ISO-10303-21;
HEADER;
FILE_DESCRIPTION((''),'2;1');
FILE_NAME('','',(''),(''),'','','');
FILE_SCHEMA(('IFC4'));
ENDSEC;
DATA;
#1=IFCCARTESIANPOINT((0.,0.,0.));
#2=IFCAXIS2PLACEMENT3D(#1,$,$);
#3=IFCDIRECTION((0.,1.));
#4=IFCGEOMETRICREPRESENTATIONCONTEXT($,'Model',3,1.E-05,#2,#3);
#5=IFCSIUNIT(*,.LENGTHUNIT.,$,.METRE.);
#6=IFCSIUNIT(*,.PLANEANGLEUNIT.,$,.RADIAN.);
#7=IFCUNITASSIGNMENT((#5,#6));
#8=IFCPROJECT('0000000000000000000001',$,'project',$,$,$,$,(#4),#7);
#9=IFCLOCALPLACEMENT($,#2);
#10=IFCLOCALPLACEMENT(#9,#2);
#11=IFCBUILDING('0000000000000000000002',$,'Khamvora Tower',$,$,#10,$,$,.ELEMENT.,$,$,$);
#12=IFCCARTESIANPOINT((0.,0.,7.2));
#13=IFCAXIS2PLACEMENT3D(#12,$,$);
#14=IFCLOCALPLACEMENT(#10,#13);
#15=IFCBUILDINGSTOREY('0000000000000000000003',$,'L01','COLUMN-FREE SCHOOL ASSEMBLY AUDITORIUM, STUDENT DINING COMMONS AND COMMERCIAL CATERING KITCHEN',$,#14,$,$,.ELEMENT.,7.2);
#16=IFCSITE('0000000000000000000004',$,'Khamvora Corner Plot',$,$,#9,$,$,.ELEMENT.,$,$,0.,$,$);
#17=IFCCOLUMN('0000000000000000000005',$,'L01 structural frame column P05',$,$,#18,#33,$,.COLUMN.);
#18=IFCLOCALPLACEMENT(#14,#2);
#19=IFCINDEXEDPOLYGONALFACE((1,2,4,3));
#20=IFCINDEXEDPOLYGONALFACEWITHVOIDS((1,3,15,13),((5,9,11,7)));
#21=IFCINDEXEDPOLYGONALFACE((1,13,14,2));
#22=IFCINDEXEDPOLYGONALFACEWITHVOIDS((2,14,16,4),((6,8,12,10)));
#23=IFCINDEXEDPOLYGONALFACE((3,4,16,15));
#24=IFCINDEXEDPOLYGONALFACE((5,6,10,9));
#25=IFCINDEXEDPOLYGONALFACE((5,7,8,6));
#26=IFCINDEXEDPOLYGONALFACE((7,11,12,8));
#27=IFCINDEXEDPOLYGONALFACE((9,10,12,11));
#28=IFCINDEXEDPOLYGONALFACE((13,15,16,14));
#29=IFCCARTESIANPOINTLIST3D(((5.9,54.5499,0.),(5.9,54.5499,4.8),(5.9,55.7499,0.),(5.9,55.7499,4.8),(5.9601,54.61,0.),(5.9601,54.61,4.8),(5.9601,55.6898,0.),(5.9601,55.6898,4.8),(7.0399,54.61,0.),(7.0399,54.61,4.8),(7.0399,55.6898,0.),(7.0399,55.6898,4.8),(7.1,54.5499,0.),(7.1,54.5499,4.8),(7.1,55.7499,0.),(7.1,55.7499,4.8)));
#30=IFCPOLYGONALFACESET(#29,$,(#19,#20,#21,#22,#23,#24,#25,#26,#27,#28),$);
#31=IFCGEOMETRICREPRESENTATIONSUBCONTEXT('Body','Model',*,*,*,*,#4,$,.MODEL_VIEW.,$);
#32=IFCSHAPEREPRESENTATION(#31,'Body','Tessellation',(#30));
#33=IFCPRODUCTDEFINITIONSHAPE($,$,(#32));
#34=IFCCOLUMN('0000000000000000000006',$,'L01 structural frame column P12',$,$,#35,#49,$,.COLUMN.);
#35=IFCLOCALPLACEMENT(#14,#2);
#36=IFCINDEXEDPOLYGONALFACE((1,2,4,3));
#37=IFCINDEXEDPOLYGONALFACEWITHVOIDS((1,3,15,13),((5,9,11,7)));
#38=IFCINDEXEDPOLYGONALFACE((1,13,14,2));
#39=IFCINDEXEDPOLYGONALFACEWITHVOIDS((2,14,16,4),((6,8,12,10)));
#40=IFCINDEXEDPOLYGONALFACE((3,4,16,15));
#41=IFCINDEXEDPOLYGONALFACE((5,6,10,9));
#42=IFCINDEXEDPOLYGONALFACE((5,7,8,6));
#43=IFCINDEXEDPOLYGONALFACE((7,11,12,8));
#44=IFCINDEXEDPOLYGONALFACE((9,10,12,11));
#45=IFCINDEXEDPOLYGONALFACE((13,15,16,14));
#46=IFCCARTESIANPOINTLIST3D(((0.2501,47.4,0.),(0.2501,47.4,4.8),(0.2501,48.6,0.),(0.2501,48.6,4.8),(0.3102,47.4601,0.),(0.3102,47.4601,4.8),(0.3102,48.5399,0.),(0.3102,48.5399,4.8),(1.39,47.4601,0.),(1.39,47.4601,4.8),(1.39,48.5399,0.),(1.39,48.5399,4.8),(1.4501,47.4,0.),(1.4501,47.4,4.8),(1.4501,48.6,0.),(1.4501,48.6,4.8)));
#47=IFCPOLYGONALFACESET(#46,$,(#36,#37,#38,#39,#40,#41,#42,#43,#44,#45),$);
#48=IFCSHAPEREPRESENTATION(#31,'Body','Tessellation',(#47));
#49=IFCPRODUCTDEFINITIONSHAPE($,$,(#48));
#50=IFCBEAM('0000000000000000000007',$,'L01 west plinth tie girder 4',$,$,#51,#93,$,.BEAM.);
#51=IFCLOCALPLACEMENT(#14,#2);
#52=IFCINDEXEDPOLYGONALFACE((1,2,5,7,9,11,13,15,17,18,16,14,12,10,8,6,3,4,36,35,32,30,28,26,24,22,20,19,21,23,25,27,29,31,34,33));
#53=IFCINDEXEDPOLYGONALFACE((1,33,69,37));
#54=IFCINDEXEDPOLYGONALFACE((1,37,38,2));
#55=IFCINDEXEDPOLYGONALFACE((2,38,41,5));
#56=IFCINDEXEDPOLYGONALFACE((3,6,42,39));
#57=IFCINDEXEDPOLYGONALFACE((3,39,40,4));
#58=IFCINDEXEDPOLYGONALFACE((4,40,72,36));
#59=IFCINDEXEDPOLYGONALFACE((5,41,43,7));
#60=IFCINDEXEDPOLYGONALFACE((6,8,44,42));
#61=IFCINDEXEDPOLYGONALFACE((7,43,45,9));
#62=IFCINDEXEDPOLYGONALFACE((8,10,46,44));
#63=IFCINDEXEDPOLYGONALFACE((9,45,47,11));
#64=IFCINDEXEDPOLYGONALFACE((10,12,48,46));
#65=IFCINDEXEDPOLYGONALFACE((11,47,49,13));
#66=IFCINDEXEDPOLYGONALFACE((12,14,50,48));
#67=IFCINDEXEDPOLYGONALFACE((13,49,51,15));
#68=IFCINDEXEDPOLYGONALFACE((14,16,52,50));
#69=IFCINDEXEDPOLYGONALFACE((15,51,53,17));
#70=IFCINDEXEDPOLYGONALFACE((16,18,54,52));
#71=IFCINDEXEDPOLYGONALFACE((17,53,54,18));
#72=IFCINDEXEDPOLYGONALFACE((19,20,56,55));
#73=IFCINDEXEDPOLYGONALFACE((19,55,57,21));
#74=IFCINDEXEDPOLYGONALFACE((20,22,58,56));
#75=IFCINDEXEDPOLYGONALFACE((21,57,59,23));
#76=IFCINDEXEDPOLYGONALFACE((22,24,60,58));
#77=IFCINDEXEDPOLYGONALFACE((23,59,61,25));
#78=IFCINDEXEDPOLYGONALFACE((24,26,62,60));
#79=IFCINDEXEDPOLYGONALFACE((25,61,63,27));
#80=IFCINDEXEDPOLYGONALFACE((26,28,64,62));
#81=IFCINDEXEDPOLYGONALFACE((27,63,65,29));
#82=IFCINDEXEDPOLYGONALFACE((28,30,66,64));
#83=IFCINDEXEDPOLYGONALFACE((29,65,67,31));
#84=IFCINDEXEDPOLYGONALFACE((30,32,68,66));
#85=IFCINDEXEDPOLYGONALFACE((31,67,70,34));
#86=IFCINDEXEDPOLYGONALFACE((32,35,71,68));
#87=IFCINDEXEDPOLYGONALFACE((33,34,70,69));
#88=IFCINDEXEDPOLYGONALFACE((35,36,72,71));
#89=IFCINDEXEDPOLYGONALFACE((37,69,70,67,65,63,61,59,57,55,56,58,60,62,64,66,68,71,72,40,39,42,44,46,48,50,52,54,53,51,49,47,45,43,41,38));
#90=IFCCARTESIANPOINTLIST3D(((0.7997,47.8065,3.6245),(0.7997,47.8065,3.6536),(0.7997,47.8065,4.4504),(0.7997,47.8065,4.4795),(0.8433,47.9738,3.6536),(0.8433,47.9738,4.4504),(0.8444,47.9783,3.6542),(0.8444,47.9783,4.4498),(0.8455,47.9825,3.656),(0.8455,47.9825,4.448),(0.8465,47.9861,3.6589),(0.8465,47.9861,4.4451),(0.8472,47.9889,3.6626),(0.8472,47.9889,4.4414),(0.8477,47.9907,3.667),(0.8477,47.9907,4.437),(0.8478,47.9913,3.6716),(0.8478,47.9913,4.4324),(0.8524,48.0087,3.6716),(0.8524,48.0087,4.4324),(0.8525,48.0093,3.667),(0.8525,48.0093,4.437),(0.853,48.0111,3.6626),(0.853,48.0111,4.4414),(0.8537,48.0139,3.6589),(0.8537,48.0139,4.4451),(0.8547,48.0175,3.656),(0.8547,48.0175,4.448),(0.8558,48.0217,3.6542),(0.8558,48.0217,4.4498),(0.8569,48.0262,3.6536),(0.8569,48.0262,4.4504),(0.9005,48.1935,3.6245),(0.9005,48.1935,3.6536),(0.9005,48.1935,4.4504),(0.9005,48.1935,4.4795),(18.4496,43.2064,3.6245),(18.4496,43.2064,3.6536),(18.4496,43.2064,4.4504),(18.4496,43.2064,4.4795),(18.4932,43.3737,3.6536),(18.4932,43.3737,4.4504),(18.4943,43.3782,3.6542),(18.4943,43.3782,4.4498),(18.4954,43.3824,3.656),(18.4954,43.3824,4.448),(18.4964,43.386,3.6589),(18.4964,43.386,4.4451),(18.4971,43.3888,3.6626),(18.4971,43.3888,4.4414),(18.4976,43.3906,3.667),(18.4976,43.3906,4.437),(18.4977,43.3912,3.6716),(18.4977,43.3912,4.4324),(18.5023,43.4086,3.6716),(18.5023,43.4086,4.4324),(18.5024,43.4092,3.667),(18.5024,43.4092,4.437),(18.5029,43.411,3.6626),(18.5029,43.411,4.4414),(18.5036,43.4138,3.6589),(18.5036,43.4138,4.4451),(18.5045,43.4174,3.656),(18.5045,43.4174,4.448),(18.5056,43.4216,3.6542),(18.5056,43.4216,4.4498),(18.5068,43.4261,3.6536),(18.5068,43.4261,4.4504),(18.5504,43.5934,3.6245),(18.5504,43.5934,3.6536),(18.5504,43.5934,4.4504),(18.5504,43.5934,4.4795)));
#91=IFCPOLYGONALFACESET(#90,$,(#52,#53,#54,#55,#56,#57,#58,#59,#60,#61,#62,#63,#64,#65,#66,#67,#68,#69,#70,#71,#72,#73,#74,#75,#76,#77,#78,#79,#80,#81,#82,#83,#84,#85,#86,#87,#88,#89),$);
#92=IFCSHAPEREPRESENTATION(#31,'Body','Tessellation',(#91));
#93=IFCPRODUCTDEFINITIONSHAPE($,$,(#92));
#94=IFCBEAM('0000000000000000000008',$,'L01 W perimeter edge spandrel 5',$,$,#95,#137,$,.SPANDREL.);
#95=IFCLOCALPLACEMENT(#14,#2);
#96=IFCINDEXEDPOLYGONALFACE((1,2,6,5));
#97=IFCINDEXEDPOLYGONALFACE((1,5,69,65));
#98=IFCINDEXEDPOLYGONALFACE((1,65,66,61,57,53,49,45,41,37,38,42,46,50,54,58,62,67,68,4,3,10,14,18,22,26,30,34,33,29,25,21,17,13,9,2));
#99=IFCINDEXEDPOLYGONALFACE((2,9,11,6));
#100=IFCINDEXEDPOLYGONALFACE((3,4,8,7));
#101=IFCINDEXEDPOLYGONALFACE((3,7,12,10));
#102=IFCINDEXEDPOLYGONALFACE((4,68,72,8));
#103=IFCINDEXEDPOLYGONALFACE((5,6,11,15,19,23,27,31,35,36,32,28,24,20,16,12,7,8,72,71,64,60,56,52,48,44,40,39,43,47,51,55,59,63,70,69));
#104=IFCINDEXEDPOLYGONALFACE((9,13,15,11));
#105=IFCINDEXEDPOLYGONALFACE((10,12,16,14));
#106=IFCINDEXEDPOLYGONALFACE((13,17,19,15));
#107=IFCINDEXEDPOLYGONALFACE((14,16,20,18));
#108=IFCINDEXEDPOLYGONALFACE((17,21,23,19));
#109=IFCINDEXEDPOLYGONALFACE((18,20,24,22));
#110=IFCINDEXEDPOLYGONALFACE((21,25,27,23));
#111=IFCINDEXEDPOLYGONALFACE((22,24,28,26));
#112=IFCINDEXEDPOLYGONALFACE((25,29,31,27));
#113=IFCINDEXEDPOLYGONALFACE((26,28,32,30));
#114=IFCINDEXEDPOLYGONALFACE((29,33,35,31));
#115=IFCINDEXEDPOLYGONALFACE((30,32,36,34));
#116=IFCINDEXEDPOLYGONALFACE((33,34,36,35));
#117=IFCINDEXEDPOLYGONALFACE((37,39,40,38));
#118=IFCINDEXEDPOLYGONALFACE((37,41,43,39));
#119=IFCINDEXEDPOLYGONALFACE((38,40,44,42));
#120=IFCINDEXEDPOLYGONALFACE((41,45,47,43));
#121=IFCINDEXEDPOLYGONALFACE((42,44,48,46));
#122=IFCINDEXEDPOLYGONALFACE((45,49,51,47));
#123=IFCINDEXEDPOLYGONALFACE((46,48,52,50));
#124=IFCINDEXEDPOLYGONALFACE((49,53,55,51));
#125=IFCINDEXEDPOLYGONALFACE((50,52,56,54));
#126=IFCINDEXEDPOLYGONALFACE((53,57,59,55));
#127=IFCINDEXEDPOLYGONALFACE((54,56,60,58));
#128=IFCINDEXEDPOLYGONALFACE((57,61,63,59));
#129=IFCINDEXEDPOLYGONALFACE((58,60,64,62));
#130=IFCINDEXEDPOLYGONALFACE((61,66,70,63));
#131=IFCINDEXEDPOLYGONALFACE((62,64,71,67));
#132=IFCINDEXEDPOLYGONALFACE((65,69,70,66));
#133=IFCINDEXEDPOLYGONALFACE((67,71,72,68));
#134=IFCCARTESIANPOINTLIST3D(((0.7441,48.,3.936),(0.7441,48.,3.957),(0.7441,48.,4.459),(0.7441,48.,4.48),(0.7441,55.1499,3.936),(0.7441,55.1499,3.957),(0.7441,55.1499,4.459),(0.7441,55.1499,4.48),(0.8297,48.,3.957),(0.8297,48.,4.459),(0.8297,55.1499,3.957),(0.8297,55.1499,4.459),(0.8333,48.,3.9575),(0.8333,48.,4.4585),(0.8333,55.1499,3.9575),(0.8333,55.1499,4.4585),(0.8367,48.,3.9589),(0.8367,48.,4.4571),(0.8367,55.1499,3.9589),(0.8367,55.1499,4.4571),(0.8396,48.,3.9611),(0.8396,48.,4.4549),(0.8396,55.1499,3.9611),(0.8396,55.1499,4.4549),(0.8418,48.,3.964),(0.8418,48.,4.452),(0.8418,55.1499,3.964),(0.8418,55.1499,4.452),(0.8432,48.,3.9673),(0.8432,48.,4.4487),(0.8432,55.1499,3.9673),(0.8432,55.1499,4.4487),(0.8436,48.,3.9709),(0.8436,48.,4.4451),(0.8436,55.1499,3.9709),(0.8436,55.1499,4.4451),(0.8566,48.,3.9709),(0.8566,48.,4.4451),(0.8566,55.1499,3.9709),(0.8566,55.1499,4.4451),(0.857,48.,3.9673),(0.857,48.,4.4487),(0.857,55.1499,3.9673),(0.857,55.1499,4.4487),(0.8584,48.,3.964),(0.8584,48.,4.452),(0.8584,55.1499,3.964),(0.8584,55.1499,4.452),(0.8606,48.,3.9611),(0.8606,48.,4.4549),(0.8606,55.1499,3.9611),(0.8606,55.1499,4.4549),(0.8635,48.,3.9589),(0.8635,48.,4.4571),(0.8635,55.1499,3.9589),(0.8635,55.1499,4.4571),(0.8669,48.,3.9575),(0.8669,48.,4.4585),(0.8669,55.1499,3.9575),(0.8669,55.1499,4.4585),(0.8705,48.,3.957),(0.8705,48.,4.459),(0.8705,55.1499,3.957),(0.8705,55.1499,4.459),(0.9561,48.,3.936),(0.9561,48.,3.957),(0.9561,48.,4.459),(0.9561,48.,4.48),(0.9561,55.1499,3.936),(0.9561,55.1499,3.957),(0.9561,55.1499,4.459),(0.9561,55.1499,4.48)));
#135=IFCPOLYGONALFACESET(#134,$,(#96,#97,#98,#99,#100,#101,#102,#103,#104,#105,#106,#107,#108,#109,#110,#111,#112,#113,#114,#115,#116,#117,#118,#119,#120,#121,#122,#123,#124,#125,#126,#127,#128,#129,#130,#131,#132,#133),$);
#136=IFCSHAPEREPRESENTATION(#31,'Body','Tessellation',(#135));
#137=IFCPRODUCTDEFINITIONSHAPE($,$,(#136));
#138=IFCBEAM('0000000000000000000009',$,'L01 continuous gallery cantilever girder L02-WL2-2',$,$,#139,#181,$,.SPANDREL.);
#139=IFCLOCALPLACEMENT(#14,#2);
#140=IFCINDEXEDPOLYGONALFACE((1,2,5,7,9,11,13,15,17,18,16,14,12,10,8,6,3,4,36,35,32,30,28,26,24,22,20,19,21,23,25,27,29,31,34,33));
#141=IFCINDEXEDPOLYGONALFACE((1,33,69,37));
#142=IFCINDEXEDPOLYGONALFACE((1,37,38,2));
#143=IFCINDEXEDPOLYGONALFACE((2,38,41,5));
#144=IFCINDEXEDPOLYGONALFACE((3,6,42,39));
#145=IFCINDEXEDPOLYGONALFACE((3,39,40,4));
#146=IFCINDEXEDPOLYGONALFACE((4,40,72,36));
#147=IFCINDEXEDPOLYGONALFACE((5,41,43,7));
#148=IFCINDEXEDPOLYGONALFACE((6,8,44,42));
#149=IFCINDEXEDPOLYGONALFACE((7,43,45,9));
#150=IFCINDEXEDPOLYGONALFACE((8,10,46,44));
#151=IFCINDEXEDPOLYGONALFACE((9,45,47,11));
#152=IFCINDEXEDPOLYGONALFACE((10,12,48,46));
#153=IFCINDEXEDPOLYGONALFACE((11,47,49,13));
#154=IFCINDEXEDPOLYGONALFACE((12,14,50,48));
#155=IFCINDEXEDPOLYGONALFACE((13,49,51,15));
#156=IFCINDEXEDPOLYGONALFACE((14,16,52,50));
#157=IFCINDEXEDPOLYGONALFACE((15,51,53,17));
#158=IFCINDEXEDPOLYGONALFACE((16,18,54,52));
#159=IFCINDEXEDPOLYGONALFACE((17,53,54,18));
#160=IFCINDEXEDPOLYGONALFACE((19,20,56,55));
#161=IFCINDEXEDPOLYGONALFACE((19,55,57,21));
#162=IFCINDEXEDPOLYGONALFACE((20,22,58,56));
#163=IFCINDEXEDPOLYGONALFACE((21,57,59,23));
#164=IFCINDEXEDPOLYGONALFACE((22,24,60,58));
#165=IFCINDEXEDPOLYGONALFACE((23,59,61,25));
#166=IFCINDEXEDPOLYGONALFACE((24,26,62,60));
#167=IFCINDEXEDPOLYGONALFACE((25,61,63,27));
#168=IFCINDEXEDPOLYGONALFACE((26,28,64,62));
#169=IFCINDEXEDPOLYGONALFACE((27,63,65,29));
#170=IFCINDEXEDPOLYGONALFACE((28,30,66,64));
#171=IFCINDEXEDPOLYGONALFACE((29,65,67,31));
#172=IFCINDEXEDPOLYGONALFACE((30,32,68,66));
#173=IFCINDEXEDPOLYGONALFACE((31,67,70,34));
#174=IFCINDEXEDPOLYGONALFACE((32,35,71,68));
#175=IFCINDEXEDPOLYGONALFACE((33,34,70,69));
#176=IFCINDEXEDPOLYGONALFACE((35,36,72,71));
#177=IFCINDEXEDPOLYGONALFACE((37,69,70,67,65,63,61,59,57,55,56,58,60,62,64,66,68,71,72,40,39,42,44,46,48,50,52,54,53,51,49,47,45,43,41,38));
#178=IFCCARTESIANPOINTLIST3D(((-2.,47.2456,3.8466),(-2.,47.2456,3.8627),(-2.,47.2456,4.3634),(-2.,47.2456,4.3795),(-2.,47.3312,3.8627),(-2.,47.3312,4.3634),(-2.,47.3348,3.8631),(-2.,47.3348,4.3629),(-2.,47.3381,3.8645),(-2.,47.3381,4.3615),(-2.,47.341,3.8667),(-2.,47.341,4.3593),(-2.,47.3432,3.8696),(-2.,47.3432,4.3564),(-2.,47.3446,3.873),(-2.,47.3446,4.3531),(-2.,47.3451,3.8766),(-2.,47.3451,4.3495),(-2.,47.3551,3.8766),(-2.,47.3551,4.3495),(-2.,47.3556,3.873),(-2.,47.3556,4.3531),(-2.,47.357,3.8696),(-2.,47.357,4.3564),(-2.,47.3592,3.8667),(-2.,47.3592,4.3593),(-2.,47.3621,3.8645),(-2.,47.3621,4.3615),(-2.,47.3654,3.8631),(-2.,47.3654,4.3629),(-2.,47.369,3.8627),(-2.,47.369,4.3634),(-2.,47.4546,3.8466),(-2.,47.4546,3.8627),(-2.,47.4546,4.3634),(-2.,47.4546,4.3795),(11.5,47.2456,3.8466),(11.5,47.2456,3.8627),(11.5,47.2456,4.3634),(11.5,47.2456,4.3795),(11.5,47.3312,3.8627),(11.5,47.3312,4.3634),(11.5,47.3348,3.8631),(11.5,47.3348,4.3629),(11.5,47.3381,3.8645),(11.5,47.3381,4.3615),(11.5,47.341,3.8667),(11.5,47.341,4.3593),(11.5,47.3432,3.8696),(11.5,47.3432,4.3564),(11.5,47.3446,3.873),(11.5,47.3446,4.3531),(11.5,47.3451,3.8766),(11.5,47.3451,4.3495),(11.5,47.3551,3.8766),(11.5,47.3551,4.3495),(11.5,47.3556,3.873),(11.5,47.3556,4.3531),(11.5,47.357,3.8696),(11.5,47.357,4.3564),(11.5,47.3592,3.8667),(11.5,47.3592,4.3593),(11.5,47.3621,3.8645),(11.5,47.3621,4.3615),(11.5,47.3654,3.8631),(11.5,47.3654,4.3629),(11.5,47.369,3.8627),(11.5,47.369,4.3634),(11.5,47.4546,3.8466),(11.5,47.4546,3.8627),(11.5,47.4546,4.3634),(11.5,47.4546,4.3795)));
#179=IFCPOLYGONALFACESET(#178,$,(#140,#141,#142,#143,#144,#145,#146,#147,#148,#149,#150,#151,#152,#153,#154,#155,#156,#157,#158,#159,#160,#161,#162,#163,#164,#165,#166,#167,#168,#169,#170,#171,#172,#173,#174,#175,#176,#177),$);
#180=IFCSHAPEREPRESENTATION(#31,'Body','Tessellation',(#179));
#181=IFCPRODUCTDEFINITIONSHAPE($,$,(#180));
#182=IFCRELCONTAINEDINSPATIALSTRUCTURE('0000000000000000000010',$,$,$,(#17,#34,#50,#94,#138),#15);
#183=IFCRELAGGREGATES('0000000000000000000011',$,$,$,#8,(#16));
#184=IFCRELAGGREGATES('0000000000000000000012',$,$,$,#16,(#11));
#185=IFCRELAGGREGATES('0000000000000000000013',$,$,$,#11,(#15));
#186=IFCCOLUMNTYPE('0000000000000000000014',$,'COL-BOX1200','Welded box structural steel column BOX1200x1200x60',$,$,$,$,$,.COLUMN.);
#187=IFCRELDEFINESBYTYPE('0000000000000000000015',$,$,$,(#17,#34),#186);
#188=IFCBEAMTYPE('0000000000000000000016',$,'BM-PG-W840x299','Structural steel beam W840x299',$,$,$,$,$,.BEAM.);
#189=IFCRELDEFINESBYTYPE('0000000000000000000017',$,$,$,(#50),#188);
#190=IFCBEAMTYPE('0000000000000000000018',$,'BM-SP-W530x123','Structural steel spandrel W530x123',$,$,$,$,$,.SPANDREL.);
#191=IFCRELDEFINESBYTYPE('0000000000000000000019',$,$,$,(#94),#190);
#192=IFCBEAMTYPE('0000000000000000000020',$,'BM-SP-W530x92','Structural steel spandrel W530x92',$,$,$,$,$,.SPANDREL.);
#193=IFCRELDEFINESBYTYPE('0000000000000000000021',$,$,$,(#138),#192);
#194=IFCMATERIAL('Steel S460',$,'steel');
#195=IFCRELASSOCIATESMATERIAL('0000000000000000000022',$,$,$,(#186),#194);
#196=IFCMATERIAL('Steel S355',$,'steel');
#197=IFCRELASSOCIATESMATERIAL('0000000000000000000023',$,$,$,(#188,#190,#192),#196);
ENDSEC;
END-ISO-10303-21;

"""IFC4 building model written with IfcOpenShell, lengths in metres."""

from ifc_helpers import new_model, si_unit, direction, frame, origin, origin_2d, place, context, subcontext, project, spatial, hollow_rectangle, i_section, extrude, material, material_profile, profile_set, type_object, element, save


model = new_model("IFC4")

# Units and contexts
model_context = context("Model", 3, precision=1e-05, world=origin(), true_north=direction((0.0, 1.0)))
body_context = subcontext(model_context, "Body", "Model", "MODEL_VIEW")
ifc_project = project(units=[si_unit("LENGTHUNIT", "METRE"), si_unit("PLANEANGLEUNIT", "RADIAN")], contexts=[model_context])

# Site, building, storey
site_placement = place(None, origin())
site = spatial("IfcSite", under=ifc_project, at=site_placement, Name="Khamvora Corner Plot", CompositionType="ELEMENT", RefElevation=0.0)
building_placement = place(site_placement, origin())
building = spatial("IfcBuilding", under=site, at=building_placement, Name="Khamvora Tower", CompositionType="ELEMENT")
storey_placement = place(building_placement, frame((0.0, 0.0, 7.2)))
storey = spatial("IfcBuildingStorey", under=building, at=storey_placement, Name="L01", Description="COLUMN-FREE SCHOOL ASSEMBLY AUDITORIUM, STUDENT DINING COMMONS AND COMMERCIAL CATERING KITCHEN", CompositionType="ELEMENT", Elevation=7.2)

# Columns
ifc_material_1 = material(Name="Steel S460", Category="steel")
ifc_material_profile_1 = material_profile(ifc_material_1, hollow_rectangle(XDim=1.2, YDim=1.2, WallThickness=0.0601, at=origin_2d()), Name="BOX1200x1200x60")
ifc_profile_set_1 = profile_set([ifc_material_profile_1], Name="Steel S460")
column_type = type_object("IfcColumnType", Name="COL-BOX1200", Description="Welded box structural steel column BOX1200x1200x60", PredefinedType="COLUMN", material=ifc_profile_set_1)
for number, where, z_axis, x_axis, name in (
    (1, (6.5, 55.1499, 0.0), (0.0, 0.0, 1.0), (1.0, 0.0, 0.0), "L01 structural frame column P05"),
    (2, (0.8501, 48.0, 0.0), (0.0, 0.0, 1.0), (1.0, 0.0, 0.0), "L01 structural frame column P12"),
):
    element("IfcColumn", number, at=place(storey_placement, frame(where, z_axis=z_axis, x_axis=x_axis)), inside=storey, type_object=column_type, Name=name, PredefinedType="COLUMN", context=body_context, shape_type="SweptSolid", body=[
        extrude(hollow_rectangle(XDim=1.2, YDim=1.2, WallThickness=0.0601, at=origin_2d()), origin(), (0.0, 0.0, 1.0), 4.8),
    ])

# Beams
ifc_material_2 = material(Name="Steel S355", Category="steel")
ifc_material_profile_2 = material_profile(ifc_material_2, i_section(OverallWidth=0.3999, OverallDepth=0.855, WebThickness=0.0181, FlangeThickness=0.0291, FilletRadius=0.0181, at=origin_2d()), Name="W840x299")
ifc_profile_set_2 = profile_set([ifc_material_profile_2], Name="Steel S355")
beam_type_1 = type_object("IfcBeamType", Name="BM-PG-W840x299", Description="Structural steel beam W840x299", PredefinedType="BEAM", material=ifc_profile_set_2)
beam_1_placement = place(storey_placement, frame((0.8501, 48.0, 4.052), z_axis=(0.967674, -0.252205, 0.0), x_axis=(0.252205, 0.967674, 0.0)))
element("IfcBeam", 3, at=beam_1_placement, inside=storey, type_object=beam_type_1, Name="L01 west plinth tie girder 4", PredefinedType="BEAM", context=body_context, shape_type="SweptSolid", body=[
    extrude(i_section(OverallWidth=0.3999, OverallDepth=0.855, WebThickness=0.0181, FlangeThickness=0.0291, FilletRadius=0.0181, at=origin_2d()), origin(), (0.0, 0.0, 1.0), 18.2395),
])
ifc_material_profile_3 = material_profile(ifc_material_2, i_section(OverallWidth=0.2119, OverallDepth=0.5439, WebThickness=0.0129, FlangeThickness=0.021, FilletRadius=0.0139, at=origin_2d()), Name="W530x123")
ifc_profile_set_3 = profile_set([ifc_material_profile_3], Name="Steel S355")
beam_type_2 = type_object("IfcBeamType", Name="BM-SP-W530x123", Description="Structural steel spandrel W530x123", PredefinedType="SPANDREL", material=ifc_profile_set_3)
beam_2_placement = place(storey_placement, frame((0.8501, 48.0, 4.208), z_axis=(0.0, 1.0, 0.0), x_axis=(-1.0, 0.0, 0.0)))
element("IfcBeam", 4, at=beam_2_placement, inside=storey, type_object=beam_type_2, Name="L01 W perimeter edge spandrel 5", PredefinedType="SPANDREL", context=body_context, shape_type="SweptSolid", body=[
    extrude(i_section(OverallWidth=0.2119, OverallDepth=0.5439, WebThickness=0.0129, FlangeThickness=0.021, FilletRadius=0.0139, at=origin_2d()), origin(), (0.0, 0.0, 1.0), 7.1499),
])
ifc_material_profile_4 = material_profile(ifc_material_2, i_section(OverallWidth=0.209, OverallDepth=0.533, WebThickness=0.01, FlangeThickness=0.0161, FilletRadius=0.0139, at=origin_2d()), Name="W530x92")
ifc_profile_set_4 = profile_set([ifc_material_profile_4], Name="Steel S355")
beam_type_3 = type_object("IfcBeamType", Name="BM-SP-W530x92", Description="Structural steel spandrel W530x92", PredefinedType="SPANDREL", material=ifc_profile_set_4)
beam_3_placement = place(storey_placement, frame((11.5, 47.3501, 4.113), z_axis=(-1.0, 0.0, 0.0), x_axis=(0.0, -1.0, 0.0)))
element("IfcBeam", 5, at=beam_3_placement, inside=storey, type_object=beam_type_3, Name="L01 continuous gallery cantilever girder L02-WL2-2", PredefinedType="SPANDREL", context=body_context, shape_type="SweptSolid", body=[
    extrude(i_section(OverallWidth=0.209, OverallDepth=0.533, WebThickness=0.01, FlangeThickness=0.0161, FilletRadius=0.0139, at=origin_2d()), origin(), (0.0, 0.0, 1.0), 13.5),
])

save(model, "model.ifc")
